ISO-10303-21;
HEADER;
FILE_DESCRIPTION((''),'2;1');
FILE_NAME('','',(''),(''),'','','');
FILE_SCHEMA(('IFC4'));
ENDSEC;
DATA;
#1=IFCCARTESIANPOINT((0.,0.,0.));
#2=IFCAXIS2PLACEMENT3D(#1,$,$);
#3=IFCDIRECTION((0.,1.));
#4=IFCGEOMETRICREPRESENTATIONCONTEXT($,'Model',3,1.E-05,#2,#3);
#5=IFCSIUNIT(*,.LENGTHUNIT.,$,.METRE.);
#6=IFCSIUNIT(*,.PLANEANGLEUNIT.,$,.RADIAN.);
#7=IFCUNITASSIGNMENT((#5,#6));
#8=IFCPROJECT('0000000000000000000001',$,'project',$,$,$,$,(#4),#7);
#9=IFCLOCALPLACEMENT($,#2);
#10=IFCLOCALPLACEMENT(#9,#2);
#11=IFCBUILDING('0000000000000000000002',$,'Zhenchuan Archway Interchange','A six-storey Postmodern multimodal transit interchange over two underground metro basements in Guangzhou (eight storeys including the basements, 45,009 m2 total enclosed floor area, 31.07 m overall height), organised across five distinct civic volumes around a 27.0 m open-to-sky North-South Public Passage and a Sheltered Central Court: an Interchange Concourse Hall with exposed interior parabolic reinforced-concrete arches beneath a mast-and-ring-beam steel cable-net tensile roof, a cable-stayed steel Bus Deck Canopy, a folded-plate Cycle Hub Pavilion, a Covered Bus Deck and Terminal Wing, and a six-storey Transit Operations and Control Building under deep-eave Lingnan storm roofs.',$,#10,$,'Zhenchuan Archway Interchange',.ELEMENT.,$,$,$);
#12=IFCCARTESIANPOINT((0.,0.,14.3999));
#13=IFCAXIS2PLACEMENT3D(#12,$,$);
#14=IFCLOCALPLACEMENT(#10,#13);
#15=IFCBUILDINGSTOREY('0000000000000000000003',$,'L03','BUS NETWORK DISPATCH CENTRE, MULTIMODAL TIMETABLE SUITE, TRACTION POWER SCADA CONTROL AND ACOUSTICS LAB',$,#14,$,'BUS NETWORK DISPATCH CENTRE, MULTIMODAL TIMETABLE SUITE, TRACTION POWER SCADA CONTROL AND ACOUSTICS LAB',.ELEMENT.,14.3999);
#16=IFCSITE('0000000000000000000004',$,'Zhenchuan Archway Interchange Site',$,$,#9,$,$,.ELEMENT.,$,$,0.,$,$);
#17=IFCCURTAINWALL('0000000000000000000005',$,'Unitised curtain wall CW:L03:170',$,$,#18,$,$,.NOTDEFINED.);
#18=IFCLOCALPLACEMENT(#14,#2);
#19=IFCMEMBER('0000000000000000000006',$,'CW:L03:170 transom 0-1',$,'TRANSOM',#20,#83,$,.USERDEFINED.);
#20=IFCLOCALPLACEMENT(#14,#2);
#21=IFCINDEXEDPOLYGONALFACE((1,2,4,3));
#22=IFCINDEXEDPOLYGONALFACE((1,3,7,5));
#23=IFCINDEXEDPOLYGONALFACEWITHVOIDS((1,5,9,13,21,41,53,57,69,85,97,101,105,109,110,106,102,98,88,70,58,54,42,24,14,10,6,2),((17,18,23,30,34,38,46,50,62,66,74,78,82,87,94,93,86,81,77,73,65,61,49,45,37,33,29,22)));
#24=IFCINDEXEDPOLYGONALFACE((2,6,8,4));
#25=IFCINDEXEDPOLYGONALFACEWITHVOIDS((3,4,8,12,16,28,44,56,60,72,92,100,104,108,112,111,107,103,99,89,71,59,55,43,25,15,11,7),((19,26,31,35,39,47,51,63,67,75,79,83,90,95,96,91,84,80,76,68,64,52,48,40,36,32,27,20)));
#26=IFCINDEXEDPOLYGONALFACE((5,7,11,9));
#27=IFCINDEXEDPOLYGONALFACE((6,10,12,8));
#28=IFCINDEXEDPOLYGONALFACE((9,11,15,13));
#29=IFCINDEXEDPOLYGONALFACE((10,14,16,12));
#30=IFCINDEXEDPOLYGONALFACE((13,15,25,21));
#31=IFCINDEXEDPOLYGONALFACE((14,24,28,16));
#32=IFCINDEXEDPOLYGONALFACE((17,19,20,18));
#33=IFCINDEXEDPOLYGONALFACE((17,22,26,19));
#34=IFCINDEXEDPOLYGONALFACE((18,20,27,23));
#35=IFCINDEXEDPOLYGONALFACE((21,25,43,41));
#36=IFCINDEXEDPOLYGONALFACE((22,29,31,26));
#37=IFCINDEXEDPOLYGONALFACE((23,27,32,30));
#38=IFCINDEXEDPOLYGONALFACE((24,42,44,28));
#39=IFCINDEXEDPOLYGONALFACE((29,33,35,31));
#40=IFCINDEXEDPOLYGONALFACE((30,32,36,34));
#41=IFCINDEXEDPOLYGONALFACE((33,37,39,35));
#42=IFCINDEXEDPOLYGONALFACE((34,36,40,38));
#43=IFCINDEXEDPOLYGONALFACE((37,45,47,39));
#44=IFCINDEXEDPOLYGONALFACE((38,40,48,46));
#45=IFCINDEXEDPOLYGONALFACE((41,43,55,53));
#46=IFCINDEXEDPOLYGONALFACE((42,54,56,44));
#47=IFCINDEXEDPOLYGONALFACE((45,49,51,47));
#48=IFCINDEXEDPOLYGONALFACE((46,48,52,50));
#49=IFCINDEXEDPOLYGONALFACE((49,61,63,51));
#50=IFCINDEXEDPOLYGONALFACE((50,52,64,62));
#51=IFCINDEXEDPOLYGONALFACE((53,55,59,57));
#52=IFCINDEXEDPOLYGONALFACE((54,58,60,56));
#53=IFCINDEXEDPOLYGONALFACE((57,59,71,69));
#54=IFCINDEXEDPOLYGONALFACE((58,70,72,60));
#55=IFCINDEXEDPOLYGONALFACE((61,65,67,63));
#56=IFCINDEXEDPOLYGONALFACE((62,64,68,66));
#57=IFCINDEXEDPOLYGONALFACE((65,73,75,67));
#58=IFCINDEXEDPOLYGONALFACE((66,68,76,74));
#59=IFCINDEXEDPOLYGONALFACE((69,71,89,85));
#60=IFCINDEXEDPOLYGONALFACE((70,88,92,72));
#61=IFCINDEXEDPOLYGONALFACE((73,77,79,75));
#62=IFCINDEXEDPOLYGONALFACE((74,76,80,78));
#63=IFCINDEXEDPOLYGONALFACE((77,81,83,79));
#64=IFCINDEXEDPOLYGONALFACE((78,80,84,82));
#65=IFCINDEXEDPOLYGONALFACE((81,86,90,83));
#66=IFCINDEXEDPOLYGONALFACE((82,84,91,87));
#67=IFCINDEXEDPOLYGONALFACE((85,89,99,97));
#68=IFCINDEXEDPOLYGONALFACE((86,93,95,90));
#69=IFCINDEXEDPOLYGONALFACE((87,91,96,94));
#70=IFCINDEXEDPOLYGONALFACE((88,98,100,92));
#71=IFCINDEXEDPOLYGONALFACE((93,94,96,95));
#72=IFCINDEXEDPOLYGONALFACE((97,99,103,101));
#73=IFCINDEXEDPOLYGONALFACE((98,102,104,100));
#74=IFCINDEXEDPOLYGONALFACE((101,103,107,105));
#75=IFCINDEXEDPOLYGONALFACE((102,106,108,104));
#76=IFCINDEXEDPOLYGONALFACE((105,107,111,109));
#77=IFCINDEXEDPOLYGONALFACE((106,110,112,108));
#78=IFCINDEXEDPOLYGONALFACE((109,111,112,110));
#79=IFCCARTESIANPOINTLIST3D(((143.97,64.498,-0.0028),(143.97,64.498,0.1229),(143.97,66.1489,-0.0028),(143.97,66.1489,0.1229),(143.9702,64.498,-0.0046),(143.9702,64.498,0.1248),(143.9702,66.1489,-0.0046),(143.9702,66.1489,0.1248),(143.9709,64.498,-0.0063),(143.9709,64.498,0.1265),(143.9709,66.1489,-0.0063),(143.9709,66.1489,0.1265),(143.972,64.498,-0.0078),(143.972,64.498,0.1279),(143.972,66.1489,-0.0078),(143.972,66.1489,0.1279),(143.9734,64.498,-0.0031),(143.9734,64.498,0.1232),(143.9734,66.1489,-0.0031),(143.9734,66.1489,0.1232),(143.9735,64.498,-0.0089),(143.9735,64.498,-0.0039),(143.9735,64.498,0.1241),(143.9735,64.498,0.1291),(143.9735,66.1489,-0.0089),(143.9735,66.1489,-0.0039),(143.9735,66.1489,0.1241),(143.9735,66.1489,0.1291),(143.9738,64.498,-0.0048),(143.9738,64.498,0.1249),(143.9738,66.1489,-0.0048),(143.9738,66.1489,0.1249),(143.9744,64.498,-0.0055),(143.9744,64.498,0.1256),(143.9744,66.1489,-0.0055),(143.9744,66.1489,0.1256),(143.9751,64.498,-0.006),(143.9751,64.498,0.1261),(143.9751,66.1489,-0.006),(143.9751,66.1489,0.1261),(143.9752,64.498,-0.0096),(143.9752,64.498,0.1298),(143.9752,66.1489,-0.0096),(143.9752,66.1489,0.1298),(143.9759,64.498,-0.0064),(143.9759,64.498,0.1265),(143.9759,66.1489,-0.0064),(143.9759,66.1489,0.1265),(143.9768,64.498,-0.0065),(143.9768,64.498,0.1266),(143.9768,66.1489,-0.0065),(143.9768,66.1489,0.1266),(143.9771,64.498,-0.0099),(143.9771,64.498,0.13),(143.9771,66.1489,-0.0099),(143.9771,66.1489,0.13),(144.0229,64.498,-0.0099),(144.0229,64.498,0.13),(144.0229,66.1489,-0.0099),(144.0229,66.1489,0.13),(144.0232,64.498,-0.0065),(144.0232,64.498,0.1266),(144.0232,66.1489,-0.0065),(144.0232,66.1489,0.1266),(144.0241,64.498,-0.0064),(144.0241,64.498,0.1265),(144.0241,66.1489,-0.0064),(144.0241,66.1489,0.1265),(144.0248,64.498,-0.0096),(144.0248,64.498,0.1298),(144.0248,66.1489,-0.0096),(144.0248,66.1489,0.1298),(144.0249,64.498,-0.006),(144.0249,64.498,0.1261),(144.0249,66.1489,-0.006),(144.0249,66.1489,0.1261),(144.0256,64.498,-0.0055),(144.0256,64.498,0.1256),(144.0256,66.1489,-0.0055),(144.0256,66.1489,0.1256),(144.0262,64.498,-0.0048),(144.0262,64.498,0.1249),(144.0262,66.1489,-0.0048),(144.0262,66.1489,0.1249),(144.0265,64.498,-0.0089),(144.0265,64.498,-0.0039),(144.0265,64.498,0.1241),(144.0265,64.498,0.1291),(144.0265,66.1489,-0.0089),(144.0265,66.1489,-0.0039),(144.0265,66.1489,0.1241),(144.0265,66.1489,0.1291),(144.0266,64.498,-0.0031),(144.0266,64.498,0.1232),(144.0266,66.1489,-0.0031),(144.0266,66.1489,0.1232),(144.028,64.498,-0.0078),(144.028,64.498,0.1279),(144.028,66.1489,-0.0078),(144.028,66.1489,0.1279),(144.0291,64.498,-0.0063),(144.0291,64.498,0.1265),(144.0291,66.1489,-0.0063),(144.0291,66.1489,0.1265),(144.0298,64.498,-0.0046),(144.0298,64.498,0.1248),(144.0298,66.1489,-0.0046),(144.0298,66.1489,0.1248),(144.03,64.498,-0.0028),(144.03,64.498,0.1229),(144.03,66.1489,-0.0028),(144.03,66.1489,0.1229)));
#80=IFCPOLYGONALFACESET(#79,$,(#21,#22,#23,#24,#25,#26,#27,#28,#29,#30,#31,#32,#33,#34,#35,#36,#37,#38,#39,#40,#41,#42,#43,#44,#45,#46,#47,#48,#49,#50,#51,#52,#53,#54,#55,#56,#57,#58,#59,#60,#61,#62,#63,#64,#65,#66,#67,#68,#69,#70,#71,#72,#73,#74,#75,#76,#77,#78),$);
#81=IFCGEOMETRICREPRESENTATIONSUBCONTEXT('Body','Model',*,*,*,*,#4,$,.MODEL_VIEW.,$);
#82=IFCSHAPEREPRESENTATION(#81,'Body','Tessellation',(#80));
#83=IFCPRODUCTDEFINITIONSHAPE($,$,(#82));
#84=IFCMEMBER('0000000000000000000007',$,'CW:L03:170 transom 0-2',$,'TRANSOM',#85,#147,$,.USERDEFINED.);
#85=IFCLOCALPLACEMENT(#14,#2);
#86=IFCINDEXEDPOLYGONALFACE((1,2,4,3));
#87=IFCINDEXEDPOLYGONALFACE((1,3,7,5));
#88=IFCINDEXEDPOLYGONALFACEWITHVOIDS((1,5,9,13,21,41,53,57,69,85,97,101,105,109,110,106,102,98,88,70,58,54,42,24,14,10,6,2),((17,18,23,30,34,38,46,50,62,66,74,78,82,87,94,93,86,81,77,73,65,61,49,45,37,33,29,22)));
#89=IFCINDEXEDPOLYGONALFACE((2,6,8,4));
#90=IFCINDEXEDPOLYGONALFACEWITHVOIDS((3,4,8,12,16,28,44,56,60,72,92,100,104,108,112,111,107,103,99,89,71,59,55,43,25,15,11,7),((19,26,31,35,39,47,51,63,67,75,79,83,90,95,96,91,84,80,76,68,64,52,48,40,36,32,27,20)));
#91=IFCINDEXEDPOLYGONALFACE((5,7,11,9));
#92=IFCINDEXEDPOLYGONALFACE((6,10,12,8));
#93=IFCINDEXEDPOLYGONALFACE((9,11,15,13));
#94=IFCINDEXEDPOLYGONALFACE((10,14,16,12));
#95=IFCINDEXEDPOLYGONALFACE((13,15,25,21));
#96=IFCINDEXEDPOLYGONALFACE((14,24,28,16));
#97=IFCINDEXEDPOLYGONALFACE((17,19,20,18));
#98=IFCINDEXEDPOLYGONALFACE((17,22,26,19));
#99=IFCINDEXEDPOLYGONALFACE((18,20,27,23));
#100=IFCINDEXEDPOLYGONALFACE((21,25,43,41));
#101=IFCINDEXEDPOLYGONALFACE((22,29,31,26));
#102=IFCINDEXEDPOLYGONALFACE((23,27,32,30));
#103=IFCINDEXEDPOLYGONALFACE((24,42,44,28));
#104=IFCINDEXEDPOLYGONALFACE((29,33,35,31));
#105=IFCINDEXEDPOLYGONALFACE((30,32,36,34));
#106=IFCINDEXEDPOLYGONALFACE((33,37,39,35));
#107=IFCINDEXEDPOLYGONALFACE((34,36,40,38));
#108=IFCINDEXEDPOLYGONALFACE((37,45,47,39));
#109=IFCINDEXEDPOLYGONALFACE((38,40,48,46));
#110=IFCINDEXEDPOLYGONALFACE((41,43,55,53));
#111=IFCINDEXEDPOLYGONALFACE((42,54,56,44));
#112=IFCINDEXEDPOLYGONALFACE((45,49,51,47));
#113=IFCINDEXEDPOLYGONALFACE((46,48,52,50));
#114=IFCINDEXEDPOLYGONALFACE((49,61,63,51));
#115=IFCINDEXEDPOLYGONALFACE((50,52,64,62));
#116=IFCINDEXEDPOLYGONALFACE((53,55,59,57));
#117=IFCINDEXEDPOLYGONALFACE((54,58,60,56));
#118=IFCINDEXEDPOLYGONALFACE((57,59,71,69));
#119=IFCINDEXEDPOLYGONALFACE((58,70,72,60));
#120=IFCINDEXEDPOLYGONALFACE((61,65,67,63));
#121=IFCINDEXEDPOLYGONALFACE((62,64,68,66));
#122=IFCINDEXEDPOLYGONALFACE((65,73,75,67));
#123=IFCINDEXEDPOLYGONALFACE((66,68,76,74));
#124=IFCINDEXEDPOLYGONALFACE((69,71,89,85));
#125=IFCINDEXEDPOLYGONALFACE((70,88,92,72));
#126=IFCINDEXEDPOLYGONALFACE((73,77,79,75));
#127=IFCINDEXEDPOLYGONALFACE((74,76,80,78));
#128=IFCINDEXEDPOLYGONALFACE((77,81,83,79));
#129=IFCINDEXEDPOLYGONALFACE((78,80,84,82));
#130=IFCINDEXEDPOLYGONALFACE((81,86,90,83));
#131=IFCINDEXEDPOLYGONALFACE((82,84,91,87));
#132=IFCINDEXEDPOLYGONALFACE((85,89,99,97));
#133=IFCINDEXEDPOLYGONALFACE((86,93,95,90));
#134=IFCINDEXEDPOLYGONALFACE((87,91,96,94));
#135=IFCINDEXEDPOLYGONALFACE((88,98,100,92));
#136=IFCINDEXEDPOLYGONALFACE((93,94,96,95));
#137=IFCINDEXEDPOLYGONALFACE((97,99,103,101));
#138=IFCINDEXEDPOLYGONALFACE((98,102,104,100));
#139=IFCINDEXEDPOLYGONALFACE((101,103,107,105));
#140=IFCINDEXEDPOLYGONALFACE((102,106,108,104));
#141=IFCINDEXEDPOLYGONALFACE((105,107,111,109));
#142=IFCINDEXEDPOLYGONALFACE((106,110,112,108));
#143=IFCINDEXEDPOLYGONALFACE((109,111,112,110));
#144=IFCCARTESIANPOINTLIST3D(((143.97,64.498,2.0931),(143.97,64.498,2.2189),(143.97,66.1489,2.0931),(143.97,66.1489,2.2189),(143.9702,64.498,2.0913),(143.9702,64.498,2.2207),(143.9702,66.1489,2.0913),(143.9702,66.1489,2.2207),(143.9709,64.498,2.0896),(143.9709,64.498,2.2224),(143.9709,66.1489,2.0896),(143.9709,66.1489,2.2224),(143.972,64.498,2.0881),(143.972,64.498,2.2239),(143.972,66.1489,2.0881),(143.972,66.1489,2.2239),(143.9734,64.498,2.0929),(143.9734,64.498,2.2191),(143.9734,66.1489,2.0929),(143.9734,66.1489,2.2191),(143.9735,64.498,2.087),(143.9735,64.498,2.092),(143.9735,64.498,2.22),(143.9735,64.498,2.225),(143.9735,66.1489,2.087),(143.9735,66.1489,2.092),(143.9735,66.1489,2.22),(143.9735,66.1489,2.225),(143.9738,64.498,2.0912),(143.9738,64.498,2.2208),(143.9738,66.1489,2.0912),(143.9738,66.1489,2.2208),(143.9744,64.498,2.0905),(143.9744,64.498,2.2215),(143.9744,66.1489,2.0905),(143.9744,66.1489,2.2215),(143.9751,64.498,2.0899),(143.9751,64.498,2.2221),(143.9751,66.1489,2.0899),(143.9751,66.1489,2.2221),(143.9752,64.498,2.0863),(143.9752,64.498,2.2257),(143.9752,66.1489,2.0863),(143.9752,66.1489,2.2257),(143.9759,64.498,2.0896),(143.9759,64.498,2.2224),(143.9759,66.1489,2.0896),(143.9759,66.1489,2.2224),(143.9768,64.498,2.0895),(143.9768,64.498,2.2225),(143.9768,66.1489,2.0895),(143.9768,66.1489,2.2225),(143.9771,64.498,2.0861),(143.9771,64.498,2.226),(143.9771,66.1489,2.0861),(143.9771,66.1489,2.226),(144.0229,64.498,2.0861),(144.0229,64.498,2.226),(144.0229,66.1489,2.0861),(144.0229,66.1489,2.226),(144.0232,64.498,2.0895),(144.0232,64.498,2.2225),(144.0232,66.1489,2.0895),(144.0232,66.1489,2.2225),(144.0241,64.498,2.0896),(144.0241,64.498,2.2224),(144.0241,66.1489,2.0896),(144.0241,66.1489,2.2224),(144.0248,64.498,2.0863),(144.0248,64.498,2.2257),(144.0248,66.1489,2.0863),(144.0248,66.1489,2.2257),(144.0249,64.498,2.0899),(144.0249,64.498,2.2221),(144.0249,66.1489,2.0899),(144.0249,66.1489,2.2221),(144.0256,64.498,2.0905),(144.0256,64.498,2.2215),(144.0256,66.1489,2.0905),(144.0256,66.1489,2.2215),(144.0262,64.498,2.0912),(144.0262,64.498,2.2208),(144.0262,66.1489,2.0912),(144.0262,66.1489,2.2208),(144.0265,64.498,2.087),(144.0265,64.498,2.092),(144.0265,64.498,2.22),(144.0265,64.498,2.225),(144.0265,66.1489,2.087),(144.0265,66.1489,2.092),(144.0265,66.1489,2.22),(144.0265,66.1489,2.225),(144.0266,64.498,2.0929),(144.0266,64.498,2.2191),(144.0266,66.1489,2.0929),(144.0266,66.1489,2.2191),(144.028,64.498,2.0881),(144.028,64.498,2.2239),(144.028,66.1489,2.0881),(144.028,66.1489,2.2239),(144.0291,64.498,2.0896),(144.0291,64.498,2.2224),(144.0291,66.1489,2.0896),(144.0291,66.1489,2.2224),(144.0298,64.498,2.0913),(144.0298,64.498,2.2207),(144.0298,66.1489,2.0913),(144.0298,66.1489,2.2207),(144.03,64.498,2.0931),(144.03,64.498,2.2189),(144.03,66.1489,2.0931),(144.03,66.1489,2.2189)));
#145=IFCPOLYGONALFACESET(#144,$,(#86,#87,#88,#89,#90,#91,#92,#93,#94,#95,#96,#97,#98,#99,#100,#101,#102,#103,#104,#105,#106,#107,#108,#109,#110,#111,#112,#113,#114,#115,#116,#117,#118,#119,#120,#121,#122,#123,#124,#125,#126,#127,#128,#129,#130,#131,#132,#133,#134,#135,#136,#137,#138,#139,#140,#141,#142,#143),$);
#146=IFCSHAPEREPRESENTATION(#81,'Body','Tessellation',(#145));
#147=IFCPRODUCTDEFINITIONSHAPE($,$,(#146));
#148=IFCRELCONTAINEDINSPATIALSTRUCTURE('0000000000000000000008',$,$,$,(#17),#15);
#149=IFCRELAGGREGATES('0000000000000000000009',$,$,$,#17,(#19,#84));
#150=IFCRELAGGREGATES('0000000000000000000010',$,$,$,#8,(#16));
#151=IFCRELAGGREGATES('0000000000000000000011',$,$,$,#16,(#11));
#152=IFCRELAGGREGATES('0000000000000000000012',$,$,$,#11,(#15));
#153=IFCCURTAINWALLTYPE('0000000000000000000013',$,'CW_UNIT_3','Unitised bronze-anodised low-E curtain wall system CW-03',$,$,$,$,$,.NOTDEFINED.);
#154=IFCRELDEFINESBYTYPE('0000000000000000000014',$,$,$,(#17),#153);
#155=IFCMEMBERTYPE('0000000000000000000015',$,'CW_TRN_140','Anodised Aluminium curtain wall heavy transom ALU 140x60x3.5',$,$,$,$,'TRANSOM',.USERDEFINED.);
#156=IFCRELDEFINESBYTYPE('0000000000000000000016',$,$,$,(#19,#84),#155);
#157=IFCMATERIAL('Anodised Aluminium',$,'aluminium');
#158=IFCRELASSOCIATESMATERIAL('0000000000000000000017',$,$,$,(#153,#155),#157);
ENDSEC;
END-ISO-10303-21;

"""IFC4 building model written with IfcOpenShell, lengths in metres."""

from ifc_helpers import new_model, si_unit, direction, frame, origin, origin_2d, place, context, subcontext, project, spatial, hollow_rectangle, extrude, material, material_profile, profile_set, type_object, element, aggregate, save


model = new_model("IFC4")

# Units and contexts
model_context = context("Model", 3, precision=1e-05, world=origin(), true_north=direction((0.0, 1.0)))
body_context = subcontext(model_context, "Body", "Model", "MODEL_VIEW")
ifc_project = project(units=[si_unit("LENGTHUNIT", "METRE"), si_unit("PLANEANGLEUNIT", "RADIAN")], contexts=[model_context])

# Site, building, storey
site_placement = place(None, origin())
site = spatial("IfcSite", under=ifc_project, at=site_placement, Name="Zhenchuan Archway Interchange Site", CompositionType="ELEMENT", RefElevation=0.0)
building_placement = place(site_placement, origin())
building = spatial("IfcBuilding", under=site, at=building_placement, Name="Zhenchuan Archway Interchange", Description="A six-storey Postmodern multimodal transit interchange over two underground metro basements in Guangzhou (eight storeys including the basements, 45,009 m2 total enclosed floor area, 31.07 m overall height), organised across five distinct civic volumes around a 27.0 m open-to-sky North-South Public Passage and a Sheltered Central Court: an Interchange Concourse Hall with exposed interior parabolic reinforced-concrete arches beneath a mast-and-ring-beam steel cable-net tensile roof, a cable-stayed steel Bus Deck Canopy, a folded-plate Cycle Hub Pavilion, a Covered Bus Deck and Terminal Wing, and a six-storey Transit Operations and Control Building under deep-eave Lingnan storm roofs.", LongName="Zhenchuan Archway Interchange", CompositionType="ELEMENT")
storey_placement = place(building_placement, frame((0.0, 0.0, 14.3999)))
storey = spatial("IfcBuildingStorey", under=building, at=storey_placement, Name="L03", Description="BUS NETWORK DISPATCH CENTRE, MULTIMODAL TIMETABLE SUITE, TRACTION POWER SCADA CONTROL AND ACOUSTICS LAB", LongName="BUS NETWORK DISPATCH CENTRE, MULTIMODAL TIMETABLE SUITE, TRACTION POWER SCADA CONTROL AND ACOUSTICS LAB", CompositionType="ELEMENT", Elevation=14.3999)

# Curtain wall, members
ifc_material_1 = material(Name="Anodised Aluminium", Category="aluminium")
curtain_wall_type = type_object("IfcCurtainWallType", Name="CW_UNIT_3", Description="Unitised bronze-anodised low-E curtain wall system CW-03", PredefinedType="NOTDEFINED", material=ifc_material_1)
curtain_wall_placement = place(storey_placement, origin())
curtain_wall = element("IfcCurtainWall", 1, at=curtain_wall_placement, inside=storey, type_object=curtain_wall_type, Name="Unitised curtain wall CW:L03:170", PredefinedType="NOTDEFINED")
ifc_material_profile_1 = material_profile(ifc_material_1, hollow_rectangle(XDim=0.0601, YDim=0.1399, WallThickness=0.0034, InnerFilletRadius=0.0034, OuterFilletRadius=0.0071, at=origin_2d()), Name="ALU 140x60x3.5")
ifc_profile_set_1 = profile_set([ifc_material_profile_1], Name="Anodised Aluminium")
member_type_1 = type_object("IfcMemberType", Name="CW_TRN_140", Description="Anodised Aluminium curtain wall heavy transom ALU 140x60x3.5", ElementType="TRANSOM", PredefinedType="USERDEFINED", material=ifc_profile_set_1)
member_1_placement = place(storey_placement, frame((144.0, 64.498, 0.0601), z_axis=(0.0, 1.0, 0.0), x_axis=(-1.0, 0.0, 0.0)))
member_1 = element("IfcMember", 2, at=member_1_placement, type_object=member_type_1, Name="CW:L03:170 transom 0-1", ObjectType="TRANSOM", PredefinedType="USERDEFINED", context=body_context, shape_type="SweptSolid", body=[
    extrude(hollow_rectangle(XDim=0.0601, YDim=0.1399, WallThickness=0.0034, InnerFilletRadius=0.0034, OuterFilletRadius=0.0071, at=origin_2d()), origin(), (0.0, 0.0, 1.0), 1.6509),
])
member_2_placement = place(storey_placement, frame((144.0, 64.498, 2.156), z_axis=(0.0, 1.0, 0.0), x_axis=(-1.0, 0.0, 0.0)))
member_2 = element("IfcMember", 3, at=member_2_placement, type_object=member_type_1, Name="CW:L03:170 transom 0-2", ObjectType="TRANSOM", PredefinedType="USERDEFINED", context=body_context, shape_type="SweptSolid", body=[
    extrude(hollow_rectangle(XDim=0.0601, YDim=0.1399, WallThickness=0.0034, InnerFilletRadius=0.0034, OuterFilletRadius=0.0071, at=origin_2d()), origin(), (0.0, 0.0, 1.0), 1.6509),
])

aggregate(curtain_wall, [member_1, member_2])

save(model, "model.ifc")
